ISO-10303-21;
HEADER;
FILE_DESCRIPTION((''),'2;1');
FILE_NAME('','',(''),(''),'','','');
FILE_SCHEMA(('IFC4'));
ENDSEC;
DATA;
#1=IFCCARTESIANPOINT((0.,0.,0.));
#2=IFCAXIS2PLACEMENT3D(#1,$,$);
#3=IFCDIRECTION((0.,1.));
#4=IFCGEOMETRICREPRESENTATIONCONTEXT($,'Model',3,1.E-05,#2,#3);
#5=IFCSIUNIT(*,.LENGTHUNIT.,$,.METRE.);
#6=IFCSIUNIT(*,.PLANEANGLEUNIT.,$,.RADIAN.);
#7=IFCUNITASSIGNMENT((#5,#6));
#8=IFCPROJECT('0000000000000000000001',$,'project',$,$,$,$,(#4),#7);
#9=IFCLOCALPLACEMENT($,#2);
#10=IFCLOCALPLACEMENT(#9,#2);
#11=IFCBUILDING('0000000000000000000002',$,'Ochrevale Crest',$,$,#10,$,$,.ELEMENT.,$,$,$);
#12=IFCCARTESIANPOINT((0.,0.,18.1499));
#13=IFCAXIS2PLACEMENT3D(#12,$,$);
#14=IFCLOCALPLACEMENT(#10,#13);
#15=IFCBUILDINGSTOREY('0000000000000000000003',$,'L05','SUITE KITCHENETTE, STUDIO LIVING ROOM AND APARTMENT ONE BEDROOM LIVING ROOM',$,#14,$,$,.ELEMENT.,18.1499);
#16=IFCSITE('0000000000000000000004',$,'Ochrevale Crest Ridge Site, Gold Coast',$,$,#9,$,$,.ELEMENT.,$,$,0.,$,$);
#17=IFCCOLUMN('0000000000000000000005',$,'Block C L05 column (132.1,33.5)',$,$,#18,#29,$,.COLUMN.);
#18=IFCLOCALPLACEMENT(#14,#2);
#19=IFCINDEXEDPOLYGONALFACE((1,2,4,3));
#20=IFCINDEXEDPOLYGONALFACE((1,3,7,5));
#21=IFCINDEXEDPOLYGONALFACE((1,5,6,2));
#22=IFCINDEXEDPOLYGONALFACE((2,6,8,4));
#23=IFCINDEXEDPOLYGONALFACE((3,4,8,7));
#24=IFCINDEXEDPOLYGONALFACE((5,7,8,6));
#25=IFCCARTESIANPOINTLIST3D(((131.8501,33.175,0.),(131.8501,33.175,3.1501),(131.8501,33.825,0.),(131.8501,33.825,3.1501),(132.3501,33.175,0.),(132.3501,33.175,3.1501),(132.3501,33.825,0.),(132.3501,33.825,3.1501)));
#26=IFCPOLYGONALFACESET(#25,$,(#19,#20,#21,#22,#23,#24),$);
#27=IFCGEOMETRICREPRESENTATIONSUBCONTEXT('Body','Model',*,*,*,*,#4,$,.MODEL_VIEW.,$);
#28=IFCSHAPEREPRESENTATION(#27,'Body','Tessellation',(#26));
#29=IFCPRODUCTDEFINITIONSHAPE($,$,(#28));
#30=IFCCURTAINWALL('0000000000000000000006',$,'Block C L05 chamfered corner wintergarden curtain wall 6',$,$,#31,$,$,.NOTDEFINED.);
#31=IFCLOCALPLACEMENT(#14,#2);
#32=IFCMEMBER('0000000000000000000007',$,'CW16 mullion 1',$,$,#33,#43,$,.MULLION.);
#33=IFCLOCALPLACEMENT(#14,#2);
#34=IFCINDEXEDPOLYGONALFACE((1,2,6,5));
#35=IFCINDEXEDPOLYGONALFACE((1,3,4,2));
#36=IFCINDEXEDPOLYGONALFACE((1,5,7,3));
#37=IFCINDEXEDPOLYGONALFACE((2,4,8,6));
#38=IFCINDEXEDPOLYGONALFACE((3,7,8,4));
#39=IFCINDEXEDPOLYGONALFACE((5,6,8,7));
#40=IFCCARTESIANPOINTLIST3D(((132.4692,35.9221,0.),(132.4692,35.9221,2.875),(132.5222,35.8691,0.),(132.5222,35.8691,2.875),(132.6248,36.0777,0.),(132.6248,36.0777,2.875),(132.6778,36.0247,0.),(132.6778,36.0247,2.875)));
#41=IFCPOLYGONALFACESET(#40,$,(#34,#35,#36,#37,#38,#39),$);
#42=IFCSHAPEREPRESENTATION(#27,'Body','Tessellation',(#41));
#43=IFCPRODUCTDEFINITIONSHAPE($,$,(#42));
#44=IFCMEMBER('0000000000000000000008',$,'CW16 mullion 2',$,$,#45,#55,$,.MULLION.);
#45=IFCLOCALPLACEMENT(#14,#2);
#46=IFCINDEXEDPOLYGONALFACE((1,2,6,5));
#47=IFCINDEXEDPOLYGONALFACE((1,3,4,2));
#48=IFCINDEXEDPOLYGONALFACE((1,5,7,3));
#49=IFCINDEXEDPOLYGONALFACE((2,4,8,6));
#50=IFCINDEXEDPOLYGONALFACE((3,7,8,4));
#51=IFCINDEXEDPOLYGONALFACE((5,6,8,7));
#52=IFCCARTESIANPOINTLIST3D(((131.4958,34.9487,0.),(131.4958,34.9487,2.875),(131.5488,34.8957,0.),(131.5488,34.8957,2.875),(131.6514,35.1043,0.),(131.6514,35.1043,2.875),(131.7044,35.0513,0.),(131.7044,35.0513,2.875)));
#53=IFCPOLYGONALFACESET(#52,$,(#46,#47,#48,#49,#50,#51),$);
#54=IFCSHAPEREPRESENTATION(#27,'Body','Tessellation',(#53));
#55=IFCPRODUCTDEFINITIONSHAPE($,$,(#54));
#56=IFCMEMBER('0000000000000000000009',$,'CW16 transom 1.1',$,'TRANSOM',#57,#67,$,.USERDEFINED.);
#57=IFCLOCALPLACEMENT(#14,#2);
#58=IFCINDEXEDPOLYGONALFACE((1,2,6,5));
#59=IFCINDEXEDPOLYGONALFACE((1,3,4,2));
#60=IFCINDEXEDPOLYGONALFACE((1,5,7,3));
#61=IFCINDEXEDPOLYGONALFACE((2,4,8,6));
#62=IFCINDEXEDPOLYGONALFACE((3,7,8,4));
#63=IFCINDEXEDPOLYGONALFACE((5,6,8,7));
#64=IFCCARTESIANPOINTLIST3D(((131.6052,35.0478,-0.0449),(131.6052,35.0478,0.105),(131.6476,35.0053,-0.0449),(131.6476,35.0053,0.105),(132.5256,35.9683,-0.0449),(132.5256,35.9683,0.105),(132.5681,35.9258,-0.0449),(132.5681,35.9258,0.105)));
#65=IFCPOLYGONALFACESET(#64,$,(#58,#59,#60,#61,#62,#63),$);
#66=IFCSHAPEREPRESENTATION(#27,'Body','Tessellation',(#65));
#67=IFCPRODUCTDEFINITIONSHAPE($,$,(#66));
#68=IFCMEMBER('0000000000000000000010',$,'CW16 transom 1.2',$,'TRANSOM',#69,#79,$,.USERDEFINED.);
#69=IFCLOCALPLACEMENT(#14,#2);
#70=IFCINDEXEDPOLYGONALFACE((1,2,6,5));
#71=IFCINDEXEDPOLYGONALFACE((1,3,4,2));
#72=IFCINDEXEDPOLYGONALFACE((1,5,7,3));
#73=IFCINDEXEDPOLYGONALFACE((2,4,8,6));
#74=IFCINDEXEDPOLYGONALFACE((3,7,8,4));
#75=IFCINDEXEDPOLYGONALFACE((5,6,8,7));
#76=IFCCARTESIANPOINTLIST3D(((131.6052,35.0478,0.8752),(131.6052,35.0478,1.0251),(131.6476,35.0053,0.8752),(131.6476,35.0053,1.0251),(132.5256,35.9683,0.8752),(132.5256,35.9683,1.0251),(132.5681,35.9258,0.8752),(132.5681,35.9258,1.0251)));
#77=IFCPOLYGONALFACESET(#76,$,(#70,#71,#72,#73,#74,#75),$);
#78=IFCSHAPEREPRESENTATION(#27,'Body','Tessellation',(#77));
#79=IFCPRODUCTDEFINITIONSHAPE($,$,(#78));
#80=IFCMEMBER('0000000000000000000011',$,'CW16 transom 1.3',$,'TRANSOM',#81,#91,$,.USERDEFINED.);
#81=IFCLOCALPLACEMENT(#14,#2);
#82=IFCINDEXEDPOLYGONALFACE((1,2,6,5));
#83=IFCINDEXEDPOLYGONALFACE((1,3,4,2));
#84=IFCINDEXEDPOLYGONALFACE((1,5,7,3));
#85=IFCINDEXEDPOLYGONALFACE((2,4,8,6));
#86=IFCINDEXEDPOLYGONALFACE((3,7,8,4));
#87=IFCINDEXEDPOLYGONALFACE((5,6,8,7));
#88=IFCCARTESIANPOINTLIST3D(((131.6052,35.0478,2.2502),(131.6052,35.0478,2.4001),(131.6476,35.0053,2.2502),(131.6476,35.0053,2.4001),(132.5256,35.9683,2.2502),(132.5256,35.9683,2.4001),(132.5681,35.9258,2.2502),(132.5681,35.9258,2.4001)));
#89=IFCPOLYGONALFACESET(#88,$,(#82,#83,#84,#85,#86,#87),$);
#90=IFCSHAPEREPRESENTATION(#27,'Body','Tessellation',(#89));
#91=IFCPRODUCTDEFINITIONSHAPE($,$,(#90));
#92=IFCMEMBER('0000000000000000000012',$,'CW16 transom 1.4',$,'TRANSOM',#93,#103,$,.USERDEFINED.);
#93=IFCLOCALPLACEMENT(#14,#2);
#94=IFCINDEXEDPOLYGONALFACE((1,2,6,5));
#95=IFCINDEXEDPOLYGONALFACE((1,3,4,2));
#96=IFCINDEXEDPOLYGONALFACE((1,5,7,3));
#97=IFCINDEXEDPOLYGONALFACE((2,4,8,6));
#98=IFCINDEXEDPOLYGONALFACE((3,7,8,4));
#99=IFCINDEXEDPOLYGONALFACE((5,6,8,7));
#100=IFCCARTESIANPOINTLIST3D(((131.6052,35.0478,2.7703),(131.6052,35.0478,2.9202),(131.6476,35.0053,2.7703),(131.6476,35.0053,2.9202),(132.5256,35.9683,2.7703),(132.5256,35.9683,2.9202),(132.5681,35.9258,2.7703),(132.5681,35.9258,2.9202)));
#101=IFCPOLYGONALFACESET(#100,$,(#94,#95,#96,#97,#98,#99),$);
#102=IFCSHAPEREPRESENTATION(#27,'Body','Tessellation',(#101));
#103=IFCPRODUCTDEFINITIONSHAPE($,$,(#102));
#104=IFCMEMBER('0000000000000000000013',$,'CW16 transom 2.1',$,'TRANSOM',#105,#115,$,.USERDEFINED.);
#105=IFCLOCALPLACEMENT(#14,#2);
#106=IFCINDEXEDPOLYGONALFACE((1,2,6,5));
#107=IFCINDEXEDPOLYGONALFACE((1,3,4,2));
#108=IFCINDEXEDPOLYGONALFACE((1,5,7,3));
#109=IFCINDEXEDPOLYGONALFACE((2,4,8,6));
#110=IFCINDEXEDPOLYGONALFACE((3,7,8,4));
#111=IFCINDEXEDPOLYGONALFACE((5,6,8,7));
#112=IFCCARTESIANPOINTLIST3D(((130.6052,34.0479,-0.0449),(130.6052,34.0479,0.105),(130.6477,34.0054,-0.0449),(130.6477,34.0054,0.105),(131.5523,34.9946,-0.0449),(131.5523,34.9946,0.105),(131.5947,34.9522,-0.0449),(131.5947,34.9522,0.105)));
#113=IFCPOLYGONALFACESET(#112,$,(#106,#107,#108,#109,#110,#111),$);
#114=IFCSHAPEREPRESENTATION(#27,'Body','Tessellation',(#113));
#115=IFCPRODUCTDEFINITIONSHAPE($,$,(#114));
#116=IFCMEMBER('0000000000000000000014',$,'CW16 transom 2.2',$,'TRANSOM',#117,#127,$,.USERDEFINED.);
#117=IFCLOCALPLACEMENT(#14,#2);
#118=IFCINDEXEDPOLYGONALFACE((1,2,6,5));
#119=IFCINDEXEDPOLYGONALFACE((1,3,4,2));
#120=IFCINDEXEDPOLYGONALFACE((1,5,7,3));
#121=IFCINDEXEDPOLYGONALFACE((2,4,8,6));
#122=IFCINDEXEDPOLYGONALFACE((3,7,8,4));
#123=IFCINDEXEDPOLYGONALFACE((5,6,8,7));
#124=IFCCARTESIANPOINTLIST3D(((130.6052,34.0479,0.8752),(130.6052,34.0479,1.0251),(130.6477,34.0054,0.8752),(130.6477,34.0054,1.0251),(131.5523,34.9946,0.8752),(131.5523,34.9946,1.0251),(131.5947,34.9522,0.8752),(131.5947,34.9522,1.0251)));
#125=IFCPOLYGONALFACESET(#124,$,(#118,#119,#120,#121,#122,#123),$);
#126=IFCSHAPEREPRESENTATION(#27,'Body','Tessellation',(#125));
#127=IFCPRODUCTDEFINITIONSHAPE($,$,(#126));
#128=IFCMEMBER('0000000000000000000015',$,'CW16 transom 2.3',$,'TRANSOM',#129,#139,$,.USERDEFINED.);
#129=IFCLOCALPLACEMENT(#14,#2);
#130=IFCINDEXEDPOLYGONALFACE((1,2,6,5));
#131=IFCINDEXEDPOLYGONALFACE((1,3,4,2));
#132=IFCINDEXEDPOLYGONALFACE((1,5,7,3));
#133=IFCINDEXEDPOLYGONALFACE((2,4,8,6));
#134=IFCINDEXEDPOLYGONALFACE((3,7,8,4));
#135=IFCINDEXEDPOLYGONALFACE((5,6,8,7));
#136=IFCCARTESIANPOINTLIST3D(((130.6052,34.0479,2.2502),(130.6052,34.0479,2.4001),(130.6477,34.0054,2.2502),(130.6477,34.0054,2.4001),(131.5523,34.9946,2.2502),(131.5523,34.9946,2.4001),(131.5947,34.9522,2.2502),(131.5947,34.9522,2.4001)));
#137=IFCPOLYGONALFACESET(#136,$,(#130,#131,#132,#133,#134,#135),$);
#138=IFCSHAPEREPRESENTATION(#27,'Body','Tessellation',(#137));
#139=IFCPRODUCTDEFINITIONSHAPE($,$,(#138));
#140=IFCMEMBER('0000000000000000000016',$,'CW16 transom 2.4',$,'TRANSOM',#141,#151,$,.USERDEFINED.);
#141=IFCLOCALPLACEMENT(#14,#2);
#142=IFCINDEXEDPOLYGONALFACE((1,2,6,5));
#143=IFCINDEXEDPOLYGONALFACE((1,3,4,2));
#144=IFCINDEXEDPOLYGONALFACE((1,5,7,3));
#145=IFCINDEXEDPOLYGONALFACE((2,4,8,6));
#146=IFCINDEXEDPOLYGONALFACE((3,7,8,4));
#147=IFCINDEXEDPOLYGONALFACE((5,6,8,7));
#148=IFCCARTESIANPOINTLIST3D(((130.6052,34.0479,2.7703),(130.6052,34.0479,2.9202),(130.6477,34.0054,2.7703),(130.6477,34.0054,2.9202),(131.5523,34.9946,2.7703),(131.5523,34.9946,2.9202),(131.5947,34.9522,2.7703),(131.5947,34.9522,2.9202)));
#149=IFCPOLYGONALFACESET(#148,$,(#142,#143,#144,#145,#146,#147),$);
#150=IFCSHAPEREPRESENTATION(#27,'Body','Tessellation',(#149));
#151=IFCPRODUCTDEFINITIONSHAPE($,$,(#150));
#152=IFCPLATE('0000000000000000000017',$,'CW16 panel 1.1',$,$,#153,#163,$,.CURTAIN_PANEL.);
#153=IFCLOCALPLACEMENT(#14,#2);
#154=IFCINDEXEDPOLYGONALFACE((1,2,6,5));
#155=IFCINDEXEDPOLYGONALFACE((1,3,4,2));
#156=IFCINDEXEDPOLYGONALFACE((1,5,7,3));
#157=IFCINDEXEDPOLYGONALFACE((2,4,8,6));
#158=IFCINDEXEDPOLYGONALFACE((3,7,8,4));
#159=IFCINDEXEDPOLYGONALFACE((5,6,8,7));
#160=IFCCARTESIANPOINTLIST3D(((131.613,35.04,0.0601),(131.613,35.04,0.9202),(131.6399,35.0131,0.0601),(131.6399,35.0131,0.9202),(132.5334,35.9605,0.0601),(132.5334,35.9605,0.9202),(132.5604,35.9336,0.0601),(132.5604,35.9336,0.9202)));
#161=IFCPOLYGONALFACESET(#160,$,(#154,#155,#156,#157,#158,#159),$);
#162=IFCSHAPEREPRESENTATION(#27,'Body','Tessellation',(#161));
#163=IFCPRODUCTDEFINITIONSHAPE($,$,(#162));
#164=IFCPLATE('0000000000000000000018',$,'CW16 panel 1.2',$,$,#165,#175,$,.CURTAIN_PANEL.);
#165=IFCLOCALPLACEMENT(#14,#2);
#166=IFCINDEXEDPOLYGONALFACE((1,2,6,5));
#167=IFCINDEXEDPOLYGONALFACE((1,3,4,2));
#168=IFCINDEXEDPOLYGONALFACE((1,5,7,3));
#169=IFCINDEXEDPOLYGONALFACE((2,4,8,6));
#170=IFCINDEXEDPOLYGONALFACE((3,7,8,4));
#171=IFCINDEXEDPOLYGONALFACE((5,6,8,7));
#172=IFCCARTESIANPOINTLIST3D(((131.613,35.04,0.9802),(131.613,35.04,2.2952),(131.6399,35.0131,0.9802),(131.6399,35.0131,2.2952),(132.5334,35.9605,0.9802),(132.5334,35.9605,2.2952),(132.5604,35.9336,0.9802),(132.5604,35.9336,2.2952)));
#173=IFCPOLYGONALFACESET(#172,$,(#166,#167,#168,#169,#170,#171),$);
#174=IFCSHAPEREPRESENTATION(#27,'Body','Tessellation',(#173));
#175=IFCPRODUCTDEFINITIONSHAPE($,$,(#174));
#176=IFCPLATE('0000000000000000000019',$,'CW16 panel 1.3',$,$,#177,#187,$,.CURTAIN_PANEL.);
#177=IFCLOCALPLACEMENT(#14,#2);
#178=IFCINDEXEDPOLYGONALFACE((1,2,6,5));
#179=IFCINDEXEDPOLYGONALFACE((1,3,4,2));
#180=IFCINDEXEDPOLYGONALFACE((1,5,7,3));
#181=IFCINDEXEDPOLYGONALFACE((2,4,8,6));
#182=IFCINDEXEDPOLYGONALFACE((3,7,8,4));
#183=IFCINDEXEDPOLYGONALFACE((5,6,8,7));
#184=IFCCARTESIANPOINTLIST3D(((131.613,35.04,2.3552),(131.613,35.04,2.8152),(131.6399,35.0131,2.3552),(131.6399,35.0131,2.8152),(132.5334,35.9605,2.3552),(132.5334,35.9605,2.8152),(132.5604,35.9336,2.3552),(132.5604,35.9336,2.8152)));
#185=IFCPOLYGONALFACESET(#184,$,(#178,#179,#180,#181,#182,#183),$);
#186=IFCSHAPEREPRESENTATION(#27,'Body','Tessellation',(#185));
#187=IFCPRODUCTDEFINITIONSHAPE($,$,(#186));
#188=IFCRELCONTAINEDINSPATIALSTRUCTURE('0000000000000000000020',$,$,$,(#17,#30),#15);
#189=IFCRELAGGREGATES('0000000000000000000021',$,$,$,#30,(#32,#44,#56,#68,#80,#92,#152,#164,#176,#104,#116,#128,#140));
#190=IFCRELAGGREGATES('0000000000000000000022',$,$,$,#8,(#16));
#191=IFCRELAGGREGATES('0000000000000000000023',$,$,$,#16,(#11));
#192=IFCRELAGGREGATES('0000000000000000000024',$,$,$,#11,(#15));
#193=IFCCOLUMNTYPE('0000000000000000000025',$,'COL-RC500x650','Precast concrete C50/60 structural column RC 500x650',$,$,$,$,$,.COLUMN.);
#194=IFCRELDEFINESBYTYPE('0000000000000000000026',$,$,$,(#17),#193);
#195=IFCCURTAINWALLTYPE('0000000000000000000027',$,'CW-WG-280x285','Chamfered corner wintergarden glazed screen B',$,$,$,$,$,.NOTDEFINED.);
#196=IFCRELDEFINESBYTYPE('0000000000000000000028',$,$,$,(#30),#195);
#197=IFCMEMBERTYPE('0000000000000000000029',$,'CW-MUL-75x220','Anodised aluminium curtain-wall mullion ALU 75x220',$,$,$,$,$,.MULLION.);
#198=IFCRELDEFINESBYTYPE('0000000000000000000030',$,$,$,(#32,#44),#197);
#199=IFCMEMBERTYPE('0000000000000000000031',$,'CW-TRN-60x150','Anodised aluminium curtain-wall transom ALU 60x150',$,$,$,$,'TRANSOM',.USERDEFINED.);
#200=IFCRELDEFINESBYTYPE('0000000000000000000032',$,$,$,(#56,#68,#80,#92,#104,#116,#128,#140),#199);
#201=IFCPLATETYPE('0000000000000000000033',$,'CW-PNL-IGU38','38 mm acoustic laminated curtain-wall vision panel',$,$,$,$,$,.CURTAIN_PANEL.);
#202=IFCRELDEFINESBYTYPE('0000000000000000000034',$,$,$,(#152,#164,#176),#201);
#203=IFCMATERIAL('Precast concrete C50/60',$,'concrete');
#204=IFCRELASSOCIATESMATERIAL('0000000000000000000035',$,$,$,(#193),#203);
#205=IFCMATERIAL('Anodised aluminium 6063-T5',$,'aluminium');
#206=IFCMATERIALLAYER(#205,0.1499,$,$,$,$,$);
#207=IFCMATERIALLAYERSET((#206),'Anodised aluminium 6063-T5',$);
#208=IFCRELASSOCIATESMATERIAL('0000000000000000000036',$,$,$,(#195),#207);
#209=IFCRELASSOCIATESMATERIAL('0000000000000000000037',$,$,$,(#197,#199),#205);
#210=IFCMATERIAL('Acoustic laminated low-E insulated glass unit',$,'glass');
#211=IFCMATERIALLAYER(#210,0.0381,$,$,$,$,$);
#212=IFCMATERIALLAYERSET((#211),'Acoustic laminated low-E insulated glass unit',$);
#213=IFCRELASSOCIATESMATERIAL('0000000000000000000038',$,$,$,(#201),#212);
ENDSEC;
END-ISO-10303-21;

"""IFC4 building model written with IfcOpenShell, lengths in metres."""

from ifc_helpers import new_model, si_unit, direction, frame, origin, origin_2d, place, context, subcontext, project, spatial, rectangle, extrude, material, layer, layer_set, material_profile, profile_set, type_object, element, aggregate, save


model = new_model("IFC4")

# Units and contexts
model_context = context("Model", 3, precision=1e-05, world=origin(), true_north=direction((0.0, 1.0)))
body_context = subcontext(model_context, "Body", "Model", "MODEL_VIEW")
ifc_project = project(units=[si_unit("LENGTHUNIT", "METRE"), si_unit("PLANEANGLEUNIT", "RADIAN")], contexts=[model_context])

# Site, building, storey
site_placement = place(None, origin())
site = spatial("IfcSite", under=ifc_project, at=site_placement, Name="Ochrevale Crest Ridge Site, Gold Coast", CompositionType="ELEMENT", RefElevation=0.0)
building_placement = place(site_placement, origin())
building = spatial("IfcBuilding", under=site, at=building_placement, Name="Ochrevale Crest", CompositionType="ELEMENT")
storey_placement = place(building_placement, frame((0.0, 0.0, 18.1499)))
storey = spatial("IfcBuildingStorey", under=building, at=storey_placement, Name="L05", Description="SUITE KITCHENETTE, STUDIO LIVING ROOM AND APARTMENT ONE BEDROOM LIVING ROOM", CompositionType="ELEMENT", Elevation=18.1499)

# Column
ifc_material_1 = material(Name="Precast concrete C50/60", Category="concrete")
ifc_material_profile_1 = material_profile(ifc_material_1, rectangle(XDim=0.5, YDim=0.6499, at=origin_2d()), Name="RC 500x650")
ifc_profile_set_1 = profile_set([ifc_material_profile_1], Name="Precast concrete C50/60")
column_type = type_object("IfcColumnType", Name="COL-RC500x650", Description="Precast concrete C50/60 structural column RC 500x650", PredefinedType="COLUMN", material=ifc_profile_set_1)
column_placement = place(storey_placement, frame((132.1001, 33.5, 0.0), z_axis=(0.0, 0.0, 1.0), x_axis=(1.0, 0.0, 0.0)))
element("IfcColumn", 1, at=column_placement, inside=storey, type_object=column_type, Name="Block C L05 column (132.1,33.5)", PredefinedType="COLUMN", context=body_context, shape_type="SweptSolid", body=[
    extrude(rectangle(XDim=0.5, YDim=0.6499, at=origin_2d()), origin(), (0.0, 0.0, 1.0), 3.1501),
])

# Curtain wall, members, plates
ifc_material_2 = material(Name="Anodised aluminium 6063-T5", Category="aluminium")
ifc_layer_1 = layer(ifc_material_2, 0.1499)
ifc_layer_set_1 = layer_set([ifc_layer_1], Name="Anodised aluminium 6063-T5")
curtain_wall_type = type_object("IfcCurtainWallType", Name="CW-WG-280x285", Description="Chamfered corner wintergarden glazed screen B", PredefinedType="NOTDEFINED", material=ifc_layer_set_1)
curtain_wall_placement = place(storey_placement, origin())
curtain_wall = element("IfcCurtainWall", 2, at=curtain_wall_placement, inside=storey, type_object=curtain_wall_type, Name="Block C L05 chamfered corner wintergarden curtain wall 6", PredefinedType="NOTDEFINED")
ifc_material_profile_2 = material_profile(ifc_material_2, rectangle(XDim=0.075, YDim=0.22, at=origin_2d()), Name="ALU 75x220")
ifc_profile_set_2 = profile_set([ifc_material_profile_2], Name="Anodised aluminium 6063-T5")
member_type_1 = type_object("IfcMemberType", Name="CW-MUL-75x220", Description="Anodised aluminium curtain-wall mullion ALU 75x220", PredefinedType="MULLION", material=ifc_profile_set_2)
member_1_placement = place(storey_placement, frame((132.5735, 35.9734, 0.0), z_axis=(0.0, 0.0, 1.0), x_axis=(0.707107, -0.707107, 0.0)))
member_1 = element("IfcMember", 3, at=member_1_placement, type_object=member_type_1, Name="CW16 mullion 1", PredefinedType="MULLION", context=body_context, shape_type="SweptSolid", body=[
    extrude(rectangle(XDim=0.075, YDim=0.22, at=origin_2d()), origin(), (0.0, 0.0, 1.0), 2.875),
])
member_2_placement = place(storey_placement, frame((131.6001, 35.0, 0.0), z_axis=(0.0, 0.0, 1.0), x_axis=(0.707107, -0.707107, 0.0)))
member_2 = element("IfcMember", 4, at=member_2_placement, type_object=member_type_1, Name="CW16 mullion 2", PredefinedType="MULLION", context=body_context, shape_type="SweptSolid", body=[
    extrude(rectangle(XDim=0.075, YDim=0.22, at=origin_2d()), origin(), (0.0, 0.0, 1.0), 2.875),
])
ifc_material_profile_3 = material_profile(ifc_material_2, rectangle(XDim=0.0601, YDim=0.1499, at=origin_2d()), Name="ALU 60x150")
ifc_profile_set_3 = profile_set([ifc_material_profile_3], Name="Anodised aluminium 6063-T5")
member_type_2 = type_object("IfcMemberType", Name="CW-TRN-60x150", Description="Anodised aluminium curtain-wall transom ALU 60x150", ElementType="TRANSOM", PredefinedType="USERDEFINED", material=ifc_profile_set_3)
member_3_placement = place(storey_placement, frame((132.5469, 35.947, 0.03), z_axis=(-0.707107, -0.707107, 0.0), x_axis=(0.707107, -0.707107, 0.0)))
member_3 = element("IfcMember", 5, at=member_3_placement, type_object=member_type_2, Name="CW16 transom 1.1", ObjectType="TRANSOM", PredefinedType="USERDEFINED", context=body_context, shape_type="SweptSolid", body=[
    extrude(rectangle(XDim=0.0601, YDim=0.1499, at=origin_2d()), origin(), (0.0, 0.0, 1.0), 1.3018),
])
member_4_placement = place(storey_placement, frame((132.5469, 35.947, 0.9502), z_axis=(-0.707107, -0.707107, 0.0), x_axis=(0.707107, -0.707107, 0.0)))
member_4 = element("IfcMember", 6, at=member_4_placement, type_object=member_type_2, Name="CW16 transom 1.2", ObjectType="TRANSOM", PredefinedType="USERDEFINED", context=body_context, shape_type="SweptSolid", body=[
    extrude(rectangle(XDim=0.0601, YDim=0.1499, at=origin_2d()), origin(), (0.0, 0.0, 1.0), 1.3018),
])
member_5_placement = place(storey_placement, frame((132.5469, 35.947, 2.3252), z_axis=(-0.707107, -0.707107, 0.0), x_axis=(0.707107, -0.707107, 0.0)))
member_5 = element("IfcMember", 7, at=member_5_placement, type_object=member_type_2, Name="CW16 transom 1.3", ObjectType="TRANSOM", PredefinedType="USERDEFINED", context=body_context, shape_type="SweptSolid", body=[
    extrude(rectangle(XDim=0.0601, YDim=0.1499, at=origin_2d()), origin(), (0.0, 0.0, 1.0), 1.3018),
])
member_6_placement = place(storey_placement, frame((132.5469, 35.947, 2.8452), z_axis=(-0.707107, -0.707107, 0.0), x_axis=(0.707107, -0.707107, 0.0)))
member_6 = element("IfcMember", 8, at=member_6_placement, type_object=member_type_2, Name="CW16 transom 1.4", ObjectType="TRANSOM", PredefinedType="USERDEFINED", context=body_context, shape_type="SweptSolid", body=[
    extrude(rectangle(XDim=0.0601, YDim=0.1499, at=origin_2d()), origin(), (0.0, 0.0, 1.0), 1.3018),
])
member_7_placement = place(storey_placement, frame((131.5735, 34.9734, 0.03), z_axis=(-0.707198, -0.707016, 0.0), x_axis=(0.707016, -0.707198, 0.0)))
member_7 = element("IfcMember", 9, at=member_7_placement, type_object=member_type_2, Name="CW16 transom 2.1", ObjectType="TRANSOM", PredefinedType="USERDEFINED", context=body_context, shape_type="SweptSolid", body=[
    extrude(rectangle(XDim=0.0601, YDim=0.1499, at=origin_2d()), origin(), (0.0, 0.0, 1.0), 1.3391),
])
member_8_placement = place(storey_placement, frame((131.5735, 34.9734, 0.9502), z_axis=(-0.707198, -0.707016, 0.0), x_axis=(0.707016, -0.707198, 0.0)))
member_8 = element("IfcMember", 10, at=member_8_placement, type_object=member_type_2, Name="CW16 transom 2.2", ObjectType="TRANSOM", PredefinedType="USERDEFINED", context=body_context, shape_type="SweptSolid", body=[
    extrude(rectangle(XDim=0.0601, YDim=0.1499, at=origin_2d()), origin(), (0.0, 0.0, 1.0), 1.3391),
])
member_9_placement = place(storey_placement, frame((131.5735, 34.9734, 2.3252), z_axis=(-0.707198, -0.707016, 0.0), x_axis=(0.707016, -0.707198, 0.0)))
member_9 = element("IfcMember", 11, at=member_9_placement, type_object=member_type_2, Name="CW16 transom 2.3", ObjectType="TRANSOM", PredefinedType="USERDEFINED", context=body_context, shape_type="SweptSolid", body=[
    extrude(rectangle(XDim=0.0601, YDim=0.1499, at=origin_2d()), origin(), (0.0, 0.0, 1.0), 1.3391),
])
member_10_placement = place(storey_placement, frame((131.5735, 34.9734, 2.8452), z_axis=(-0.707198, -0.707016, 0.0), x_axis=(0.707016, -0.707198, 0.0)))
member_10 = element("IfcMember", 12, at=member_10_placement, type_object=member_type_2, Name="CW16 transom 2.4", ObjectType="TRANSOM", PredefinedType="USERDEFINED", context=body_context, shape_type="SweptSolid", body=[
    extrude(rectangle(XDim=0.0601, YDim=0.1499, at=origin_2d()), origin(), (0.0, 0.0, 1.0), 1.3391),
])
ifc_material_3 = material(Name="Acoustic laminated low-E insulated glass unit", Category="glass")
ifc_layer_2 = layer(ifc_material_3, 0.0381)
ifc_layer_set_2 = layer_set([ifc_layer_2], Name="Acoustic laminated low-E insulated glass unit")
plate_type = type_object("IfcPlateType", Name="CW-PNL-IGU38", Description="38 mm acoustic laminated curtain-wall vision panel", PredefinedType="CURTAIN_PANEL", material=ifc_layer_set_2)
plate_1_placement = place(storey_placement, frame((132.0867, 35.4868, 0.0601), z_axis=(0.0, 0.0, 1.0), x_axis=(-0.707107, -0.707107, 0.0)))
plate_1 = element("IfcPlate", 13, at=plate_1_placement, type_object=plate_type, Name="CW16 panel 1.1", PredefinedType="CURTAIN_PANEL", context=body_context, shape_type="SweptSolid", body=[
    extrude(rectangle(XDim=1.3018, YDim=0.0381, at=origin_2d()), origin(), (0.0, 0.0, 1.0), 0.8601),
])
plate_2_placement = place(storey_placement, frame((132.0867, 35.4868, 0.9802), z_axis=(0.0, 0.0, 1.0), x_axis=(-0.707107, -0.707107, 0.0)))
plate_2 = element("IfcPlate", 14, at=plate_2_placement, type_object=plate_type, Name="CW16 panel 1.2", PredefinedType="CURTAIN_PANEL", context=body_context, shape_type="SweptSolid", body=[
    extrude(rectangle(XDim=1.3018, YDim=0.0381, at=origin_2d()), origin(), (0.0, 0.0, 1.0), 1.3149),
])
plate_3_placement = place(storey_placement, frame((132.0867, 35.4868, 2.3552), z_axis=(0.0, 0.0, 1.0), x_axis=(-0.707107, -0.707107, 0.0)))
plate_3 = element("IfcPlate", 15, at=plate_3_placement, type_object=plate_type, Name="CW16 panel 1.3", PredefinedType="CURTAIN_PANEL", context=body_context, shape_type="SweptSolid", body=[
    extrude(rectangle(XDim=1.3018, YDim=0.0381, at=origin_2d()), origin(), (0.0, 0.0, 1.0), 0.46),
])
aggregate(curtain_wall, [member_1, member_2, member_3, member_4, member_5, member_6, plate_1, plate_2, plate_3, member_7, member_8, member_9, member_10])

save(model, "model.ifc")
